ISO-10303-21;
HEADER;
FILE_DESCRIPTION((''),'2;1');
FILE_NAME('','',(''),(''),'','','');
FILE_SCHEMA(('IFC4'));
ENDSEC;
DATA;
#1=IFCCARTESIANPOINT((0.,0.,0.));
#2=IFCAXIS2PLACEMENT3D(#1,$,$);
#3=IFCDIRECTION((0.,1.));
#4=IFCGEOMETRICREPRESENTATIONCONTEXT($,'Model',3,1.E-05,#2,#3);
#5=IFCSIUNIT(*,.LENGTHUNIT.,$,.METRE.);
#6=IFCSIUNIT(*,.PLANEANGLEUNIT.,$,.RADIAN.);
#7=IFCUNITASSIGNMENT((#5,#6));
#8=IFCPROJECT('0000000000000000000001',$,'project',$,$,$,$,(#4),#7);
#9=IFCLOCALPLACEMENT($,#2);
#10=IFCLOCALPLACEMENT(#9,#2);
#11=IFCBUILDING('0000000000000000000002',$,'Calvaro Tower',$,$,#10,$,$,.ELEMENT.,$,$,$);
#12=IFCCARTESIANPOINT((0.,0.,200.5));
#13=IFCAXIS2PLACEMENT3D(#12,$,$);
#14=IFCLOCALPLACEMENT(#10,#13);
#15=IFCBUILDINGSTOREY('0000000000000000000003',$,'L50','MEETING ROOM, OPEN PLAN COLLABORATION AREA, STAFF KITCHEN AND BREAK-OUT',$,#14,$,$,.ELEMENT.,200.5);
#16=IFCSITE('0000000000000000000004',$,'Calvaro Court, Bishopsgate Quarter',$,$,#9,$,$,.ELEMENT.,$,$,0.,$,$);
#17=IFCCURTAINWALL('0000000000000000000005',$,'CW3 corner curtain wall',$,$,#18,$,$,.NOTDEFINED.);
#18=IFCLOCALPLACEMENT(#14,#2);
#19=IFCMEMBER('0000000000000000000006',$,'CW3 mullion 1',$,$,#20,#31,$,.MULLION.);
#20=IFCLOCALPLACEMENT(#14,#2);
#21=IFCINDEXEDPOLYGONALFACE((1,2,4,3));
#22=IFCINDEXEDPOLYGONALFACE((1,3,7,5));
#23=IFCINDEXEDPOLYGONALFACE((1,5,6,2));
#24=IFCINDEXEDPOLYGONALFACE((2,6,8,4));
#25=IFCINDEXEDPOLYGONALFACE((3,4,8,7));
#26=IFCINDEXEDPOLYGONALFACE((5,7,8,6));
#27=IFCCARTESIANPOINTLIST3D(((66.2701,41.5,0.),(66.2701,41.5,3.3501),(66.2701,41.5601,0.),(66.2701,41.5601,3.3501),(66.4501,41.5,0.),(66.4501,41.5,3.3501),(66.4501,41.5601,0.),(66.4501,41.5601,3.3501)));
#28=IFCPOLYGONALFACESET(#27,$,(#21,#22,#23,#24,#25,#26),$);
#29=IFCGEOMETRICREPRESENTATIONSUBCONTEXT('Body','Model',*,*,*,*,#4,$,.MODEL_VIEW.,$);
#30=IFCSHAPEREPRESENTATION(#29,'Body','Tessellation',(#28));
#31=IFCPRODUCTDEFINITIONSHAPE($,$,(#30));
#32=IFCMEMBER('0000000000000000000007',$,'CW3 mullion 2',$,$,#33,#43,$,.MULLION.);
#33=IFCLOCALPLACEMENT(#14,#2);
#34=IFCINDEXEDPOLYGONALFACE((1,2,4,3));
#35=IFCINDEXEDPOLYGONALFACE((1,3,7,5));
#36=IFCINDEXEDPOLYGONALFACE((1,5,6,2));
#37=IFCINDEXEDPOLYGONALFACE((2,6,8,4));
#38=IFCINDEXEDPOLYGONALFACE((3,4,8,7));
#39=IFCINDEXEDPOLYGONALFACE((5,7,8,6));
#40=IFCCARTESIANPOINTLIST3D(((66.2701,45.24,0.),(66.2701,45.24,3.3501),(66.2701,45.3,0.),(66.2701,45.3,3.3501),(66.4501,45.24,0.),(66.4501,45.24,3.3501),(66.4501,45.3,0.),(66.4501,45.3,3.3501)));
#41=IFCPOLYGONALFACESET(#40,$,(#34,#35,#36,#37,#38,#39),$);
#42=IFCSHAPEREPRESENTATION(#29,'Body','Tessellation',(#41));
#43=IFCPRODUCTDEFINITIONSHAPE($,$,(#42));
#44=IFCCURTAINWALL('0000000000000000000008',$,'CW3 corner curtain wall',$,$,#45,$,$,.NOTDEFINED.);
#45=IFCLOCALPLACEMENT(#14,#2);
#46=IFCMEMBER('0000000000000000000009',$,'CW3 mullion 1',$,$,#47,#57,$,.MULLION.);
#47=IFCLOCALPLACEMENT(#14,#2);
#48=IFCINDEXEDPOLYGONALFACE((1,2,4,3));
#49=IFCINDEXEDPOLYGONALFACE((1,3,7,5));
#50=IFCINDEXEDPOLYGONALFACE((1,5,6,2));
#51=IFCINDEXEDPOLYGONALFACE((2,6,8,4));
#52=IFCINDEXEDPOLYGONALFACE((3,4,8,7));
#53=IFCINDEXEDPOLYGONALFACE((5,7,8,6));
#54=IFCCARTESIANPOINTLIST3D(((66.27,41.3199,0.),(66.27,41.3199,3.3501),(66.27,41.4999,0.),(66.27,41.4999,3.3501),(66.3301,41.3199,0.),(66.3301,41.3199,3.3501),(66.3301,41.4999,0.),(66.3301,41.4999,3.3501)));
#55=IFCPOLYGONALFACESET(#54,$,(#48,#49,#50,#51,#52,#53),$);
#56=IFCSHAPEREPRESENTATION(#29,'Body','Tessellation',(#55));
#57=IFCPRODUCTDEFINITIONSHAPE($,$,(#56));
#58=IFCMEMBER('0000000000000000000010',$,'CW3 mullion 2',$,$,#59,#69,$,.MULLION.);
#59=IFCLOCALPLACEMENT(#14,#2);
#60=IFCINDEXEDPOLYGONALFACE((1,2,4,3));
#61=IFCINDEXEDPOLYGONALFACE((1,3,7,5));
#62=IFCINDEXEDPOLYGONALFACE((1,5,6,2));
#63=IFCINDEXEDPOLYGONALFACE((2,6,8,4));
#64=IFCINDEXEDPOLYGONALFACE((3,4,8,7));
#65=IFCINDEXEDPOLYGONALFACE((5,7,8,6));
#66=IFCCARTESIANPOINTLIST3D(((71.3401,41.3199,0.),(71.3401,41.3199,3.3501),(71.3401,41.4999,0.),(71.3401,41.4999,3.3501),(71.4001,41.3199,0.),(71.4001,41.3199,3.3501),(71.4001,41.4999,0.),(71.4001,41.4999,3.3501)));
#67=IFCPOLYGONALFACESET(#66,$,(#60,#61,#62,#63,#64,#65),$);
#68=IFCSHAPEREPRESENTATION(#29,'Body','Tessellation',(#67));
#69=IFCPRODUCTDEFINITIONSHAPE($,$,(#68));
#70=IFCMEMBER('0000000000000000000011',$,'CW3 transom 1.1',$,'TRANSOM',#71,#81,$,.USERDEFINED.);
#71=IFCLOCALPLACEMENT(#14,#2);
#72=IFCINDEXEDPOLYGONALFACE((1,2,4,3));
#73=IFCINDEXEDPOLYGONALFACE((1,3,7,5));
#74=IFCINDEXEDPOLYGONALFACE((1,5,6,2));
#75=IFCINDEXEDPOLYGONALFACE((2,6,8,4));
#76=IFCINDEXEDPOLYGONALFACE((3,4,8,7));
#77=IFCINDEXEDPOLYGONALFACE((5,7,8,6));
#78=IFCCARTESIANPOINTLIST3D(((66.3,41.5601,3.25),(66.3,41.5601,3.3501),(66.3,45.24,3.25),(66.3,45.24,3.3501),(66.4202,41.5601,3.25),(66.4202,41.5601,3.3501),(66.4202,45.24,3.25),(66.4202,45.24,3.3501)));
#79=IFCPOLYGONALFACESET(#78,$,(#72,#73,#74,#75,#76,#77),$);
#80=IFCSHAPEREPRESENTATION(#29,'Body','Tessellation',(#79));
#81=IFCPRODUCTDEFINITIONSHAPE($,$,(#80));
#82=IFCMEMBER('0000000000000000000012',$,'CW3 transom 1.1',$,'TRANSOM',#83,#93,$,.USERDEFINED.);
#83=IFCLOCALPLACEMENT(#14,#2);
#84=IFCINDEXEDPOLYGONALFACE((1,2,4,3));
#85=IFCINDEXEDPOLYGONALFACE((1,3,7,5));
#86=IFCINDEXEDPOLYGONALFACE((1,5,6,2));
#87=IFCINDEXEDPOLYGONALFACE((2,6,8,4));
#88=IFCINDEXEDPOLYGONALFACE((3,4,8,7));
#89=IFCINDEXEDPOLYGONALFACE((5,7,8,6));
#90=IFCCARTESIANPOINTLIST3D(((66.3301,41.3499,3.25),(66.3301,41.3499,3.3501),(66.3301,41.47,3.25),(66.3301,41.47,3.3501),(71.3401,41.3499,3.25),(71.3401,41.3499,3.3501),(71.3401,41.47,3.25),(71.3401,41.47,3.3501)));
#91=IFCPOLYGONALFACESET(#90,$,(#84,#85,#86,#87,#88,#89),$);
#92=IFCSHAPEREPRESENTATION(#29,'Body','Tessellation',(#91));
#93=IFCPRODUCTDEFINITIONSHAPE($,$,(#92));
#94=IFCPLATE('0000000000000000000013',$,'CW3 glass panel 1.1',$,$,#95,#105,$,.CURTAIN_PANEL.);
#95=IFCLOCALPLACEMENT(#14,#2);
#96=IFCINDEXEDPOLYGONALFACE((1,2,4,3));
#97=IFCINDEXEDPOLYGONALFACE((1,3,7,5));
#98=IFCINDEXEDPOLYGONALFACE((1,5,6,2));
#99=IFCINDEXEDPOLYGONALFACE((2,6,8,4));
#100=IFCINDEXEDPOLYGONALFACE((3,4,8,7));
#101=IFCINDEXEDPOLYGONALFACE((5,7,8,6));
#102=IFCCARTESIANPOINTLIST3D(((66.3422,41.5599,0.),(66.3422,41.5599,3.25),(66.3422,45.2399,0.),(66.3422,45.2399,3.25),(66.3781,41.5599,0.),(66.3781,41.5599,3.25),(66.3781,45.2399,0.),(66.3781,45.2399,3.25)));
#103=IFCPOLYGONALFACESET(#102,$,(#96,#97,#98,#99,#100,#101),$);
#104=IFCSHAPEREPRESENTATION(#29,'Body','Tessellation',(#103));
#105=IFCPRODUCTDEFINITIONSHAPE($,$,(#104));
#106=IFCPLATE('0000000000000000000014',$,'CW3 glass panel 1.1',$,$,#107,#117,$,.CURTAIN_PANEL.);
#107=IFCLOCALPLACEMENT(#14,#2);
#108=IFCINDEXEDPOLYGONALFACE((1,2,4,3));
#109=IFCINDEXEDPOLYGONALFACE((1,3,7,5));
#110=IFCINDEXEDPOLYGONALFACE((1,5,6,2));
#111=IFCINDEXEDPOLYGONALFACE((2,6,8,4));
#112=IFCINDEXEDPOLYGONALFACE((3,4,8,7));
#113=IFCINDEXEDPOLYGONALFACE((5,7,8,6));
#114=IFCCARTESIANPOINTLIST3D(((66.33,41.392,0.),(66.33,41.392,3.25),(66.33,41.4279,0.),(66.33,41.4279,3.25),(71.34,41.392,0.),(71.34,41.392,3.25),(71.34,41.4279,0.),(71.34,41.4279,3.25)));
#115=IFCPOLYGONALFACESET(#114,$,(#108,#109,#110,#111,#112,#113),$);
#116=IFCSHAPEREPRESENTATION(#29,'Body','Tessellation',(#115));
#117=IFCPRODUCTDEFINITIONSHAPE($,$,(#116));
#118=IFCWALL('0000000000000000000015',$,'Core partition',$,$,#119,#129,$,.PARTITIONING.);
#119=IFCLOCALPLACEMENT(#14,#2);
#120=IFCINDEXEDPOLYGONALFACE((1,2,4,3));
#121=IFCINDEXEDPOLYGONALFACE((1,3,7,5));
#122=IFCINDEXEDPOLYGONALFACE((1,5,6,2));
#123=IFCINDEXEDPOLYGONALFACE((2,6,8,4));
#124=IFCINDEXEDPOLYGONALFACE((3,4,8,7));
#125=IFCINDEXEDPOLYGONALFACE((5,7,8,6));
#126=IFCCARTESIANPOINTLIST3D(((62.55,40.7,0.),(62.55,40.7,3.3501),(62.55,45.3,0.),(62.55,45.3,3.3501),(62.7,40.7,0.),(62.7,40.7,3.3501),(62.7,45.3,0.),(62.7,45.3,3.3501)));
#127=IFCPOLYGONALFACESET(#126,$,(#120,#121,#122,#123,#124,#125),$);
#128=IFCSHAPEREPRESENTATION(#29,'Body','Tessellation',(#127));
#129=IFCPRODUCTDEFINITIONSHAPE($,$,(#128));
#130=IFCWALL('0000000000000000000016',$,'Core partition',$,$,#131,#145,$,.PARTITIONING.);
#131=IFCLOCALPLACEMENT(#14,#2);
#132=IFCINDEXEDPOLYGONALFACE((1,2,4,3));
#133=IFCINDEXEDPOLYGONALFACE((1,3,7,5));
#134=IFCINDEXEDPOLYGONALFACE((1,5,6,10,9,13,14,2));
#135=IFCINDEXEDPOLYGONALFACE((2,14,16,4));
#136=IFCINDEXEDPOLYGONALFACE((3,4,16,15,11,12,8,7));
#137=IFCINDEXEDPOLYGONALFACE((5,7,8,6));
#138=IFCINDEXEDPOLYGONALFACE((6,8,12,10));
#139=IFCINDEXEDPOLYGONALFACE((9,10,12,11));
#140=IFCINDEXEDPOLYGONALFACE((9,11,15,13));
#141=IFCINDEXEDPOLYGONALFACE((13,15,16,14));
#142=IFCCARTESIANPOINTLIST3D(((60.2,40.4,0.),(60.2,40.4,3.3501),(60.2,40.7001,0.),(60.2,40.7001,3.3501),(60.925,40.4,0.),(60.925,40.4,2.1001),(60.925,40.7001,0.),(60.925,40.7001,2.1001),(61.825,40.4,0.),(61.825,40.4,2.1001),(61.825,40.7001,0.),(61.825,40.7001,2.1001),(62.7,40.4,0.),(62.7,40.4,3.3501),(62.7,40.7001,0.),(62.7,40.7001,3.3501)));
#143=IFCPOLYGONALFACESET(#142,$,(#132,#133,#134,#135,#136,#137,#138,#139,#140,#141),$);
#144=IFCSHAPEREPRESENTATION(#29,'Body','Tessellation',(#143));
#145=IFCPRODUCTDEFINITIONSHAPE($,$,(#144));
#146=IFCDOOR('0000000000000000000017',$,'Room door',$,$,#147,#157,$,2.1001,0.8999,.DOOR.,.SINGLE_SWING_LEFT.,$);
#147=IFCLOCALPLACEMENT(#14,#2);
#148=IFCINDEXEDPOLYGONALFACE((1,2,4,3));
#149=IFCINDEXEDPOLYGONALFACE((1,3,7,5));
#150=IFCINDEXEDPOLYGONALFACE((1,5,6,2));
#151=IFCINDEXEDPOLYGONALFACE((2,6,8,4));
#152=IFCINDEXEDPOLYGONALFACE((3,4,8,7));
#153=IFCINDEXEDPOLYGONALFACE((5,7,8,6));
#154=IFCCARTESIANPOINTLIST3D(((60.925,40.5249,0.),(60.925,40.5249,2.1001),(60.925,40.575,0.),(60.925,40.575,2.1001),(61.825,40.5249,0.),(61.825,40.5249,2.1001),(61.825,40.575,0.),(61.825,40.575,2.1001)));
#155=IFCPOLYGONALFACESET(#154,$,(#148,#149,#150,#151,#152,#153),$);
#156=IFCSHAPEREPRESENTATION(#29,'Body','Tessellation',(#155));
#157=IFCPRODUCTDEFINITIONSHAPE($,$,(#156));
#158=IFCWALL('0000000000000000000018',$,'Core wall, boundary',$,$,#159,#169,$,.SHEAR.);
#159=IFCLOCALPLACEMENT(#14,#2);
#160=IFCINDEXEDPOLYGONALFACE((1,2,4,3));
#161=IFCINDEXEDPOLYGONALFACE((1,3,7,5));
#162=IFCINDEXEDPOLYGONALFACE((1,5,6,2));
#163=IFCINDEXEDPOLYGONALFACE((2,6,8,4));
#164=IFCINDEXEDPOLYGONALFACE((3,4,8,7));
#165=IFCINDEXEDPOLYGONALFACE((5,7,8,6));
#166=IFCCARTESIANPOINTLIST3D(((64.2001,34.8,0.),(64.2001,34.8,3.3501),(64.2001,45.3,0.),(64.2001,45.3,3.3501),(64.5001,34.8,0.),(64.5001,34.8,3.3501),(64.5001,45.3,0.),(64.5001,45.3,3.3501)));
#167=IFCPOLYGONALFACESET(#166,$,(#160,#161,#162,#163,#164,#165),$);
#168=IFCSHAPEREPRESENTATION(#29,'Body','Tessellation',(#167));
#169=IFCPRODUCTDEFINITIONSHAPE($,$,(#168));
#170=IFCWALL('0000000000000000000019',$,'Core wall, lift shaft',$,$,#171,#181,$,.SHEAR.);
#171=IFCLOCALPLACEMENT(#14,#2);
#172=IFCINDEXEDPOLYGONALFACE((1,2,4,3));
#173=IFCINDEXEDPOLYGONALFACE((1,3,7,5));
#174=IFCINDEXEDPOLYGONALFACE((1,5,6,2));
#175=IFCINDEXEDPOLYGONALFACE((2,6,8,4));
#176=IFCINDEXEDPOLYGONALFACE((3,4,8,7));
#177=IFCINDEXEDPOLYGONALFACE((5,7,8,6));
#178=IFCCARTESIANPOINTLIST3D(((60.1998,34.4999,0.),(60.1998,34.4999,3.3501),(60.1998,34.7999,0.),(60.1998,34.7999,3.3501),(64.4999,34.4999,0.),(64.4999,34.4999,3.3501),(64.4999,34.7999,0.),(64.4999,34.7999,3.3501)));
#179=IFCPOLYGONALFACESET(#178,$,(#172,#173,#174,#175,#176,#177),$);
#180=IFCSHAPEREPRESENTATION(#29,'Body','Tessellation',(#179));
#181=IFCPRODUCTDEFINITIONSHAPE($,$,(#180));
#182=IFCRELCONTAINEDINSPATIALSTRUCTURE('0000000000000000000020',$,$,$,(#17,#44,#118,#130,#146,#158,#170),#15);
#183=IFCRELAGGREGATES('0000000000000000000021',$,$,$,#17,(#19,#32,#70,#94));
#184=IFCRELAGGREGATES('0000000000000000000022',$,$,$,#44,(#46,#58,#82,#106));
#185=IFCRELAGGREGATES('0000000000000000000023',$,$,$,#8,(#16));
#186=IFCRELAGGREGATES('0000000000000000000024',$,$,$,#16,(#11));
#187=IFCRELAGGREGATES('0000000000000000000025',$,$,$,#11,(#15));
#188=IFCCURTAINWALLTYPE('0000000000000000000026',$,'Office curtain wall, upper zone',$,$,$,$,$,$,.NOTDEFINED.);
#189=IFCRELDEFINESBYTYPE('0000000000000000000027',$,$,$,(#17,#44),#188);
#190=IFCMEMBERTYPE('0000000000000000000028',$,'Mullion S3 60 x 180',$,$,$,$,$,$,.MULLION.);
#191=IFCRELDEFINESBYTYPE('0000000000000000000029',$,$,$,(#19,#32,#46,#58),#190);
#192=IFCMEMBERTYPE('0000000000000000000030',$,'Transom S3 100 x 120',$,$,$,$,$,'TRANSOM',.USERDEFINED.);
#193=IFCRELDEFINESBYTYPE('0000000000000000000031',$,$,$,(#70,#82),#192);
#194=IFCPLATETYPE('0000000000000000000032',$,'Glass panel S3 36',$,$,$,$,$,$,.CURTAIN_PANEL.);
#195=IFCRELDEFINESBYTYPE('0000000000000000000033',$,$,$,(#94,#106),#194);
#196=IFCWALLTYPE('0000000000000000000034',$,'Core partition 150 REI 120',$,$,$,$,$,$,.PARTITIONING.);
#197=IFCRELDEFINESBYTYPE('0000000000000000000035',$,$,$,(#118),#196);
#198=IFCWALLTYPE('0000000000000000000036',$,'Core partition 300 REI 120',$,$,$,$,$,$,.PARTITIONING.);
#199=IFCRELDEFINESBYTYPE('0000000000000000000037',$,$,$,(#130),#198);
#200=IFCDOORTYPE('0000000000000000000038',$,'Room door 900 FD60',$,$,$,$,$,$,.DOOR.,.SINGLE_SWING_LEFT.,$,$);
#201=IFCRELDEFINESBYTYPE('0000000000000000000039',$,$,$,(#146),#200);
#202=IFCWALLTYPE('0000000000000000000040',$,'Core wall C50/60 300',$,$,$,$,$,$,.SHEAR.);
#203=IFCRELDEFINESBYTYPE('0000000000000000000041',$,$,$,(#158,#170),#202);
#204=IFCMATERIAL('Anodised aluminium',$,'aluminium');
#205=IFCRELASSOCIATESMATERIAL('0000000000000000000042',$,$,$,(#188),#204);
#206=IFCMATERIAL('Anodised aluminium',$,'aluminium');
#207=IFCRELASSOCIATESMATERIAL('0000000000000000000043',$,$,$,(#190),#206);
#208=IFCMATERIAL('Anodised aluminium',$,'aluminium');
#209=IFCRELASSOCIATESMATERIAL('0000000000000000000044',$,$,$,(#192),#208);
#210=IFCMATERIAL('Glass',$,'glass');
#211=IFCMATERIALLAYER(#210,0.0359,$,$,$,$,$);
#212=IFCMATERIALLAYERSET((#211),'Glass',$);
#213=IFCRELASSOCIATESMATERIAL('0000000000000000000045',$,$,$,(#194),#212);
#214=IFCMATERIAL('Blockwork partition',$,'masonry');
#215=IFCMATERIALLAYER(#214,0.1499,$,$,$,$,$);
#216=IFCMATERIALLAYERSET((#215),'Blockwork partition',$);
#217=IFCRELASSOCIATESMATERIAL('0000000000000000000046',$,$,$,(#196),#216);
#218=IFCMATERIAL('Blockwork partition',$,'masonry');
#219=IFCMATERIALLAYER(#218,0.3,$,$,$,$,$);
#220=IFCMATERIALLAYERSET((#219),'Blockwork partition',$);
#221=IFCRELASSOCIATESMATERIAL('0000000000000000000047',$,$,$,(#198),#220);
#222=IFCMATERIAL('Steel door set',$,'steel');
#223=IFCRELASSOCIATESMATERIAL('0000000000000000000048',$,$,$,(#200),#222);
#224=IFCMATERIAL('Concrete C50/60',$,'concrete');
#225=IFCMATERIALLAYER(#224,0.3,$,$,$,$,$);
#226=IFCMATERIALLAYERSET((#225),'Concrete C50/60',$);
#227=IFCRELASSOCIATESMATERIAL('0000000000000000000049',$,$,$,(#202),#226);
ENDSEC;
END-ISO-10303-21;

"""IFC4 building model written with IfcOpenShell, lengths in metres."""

from ifc_helpers import new_model, si_unit, direction, frame, frame_2d, origin, origin_2d, place, context, subcontext, project, spatial, rectangle, extrude, material, layer, layer_set, material_profile, profile_set, type_object, element, fill, aggregate, save


model = new_model("IFC4")

# Units and contexts
model_context = context("Model", 3, precision=1e-05, world=origin(), true_north=direction((0.0, 1.0)))
body_context = subcontext(model_context, "Body", "Model", "MODEL_VIEW")
ifc_project = project(units=[si_unit("LENGTHUNIT", "METRE"), si_unit("PLANEANGLEUNIT", "RADIAN")], contexts=[model_context])

# Site, building, storey
site_placement = place(None, origin())
site = spatial("IfcSite", under=ifc_project, at=site_placement, Name="Calvaro Court, Bishopsgate Quarter", CompositionType="ELEMENT", RefElevation=0.0)
building_placement = place(site_placement, origin())
building = spatial("IfcBuilding", under=site, at=building_placement, Name="Calvaro Tower", CompositionType="ELEMENT")
storey_placement = place(building_placement, frame((0.0, 0.0, 200.5)))
storey = spatial("IfcBuildingStorey", under=building, at=storey_placement, Name="L50", Description="MEETING ROOM, OPEN PLAN COLLABORATION AREA, STAFF KITCHEN AND BREAK-OUT", CompositionType="ELEMENT", Elevation=200.5)

# Curtain walls, members
ifc_material_1 = material(Name="Anodised aluminium", Category="aluminium")
curtain_wall_type = type_object("IfcCurtainWallType", Name="Office curtain wall, upper zone", PredefinedType="NOTDEFINED", material=ifc_material_1)
curtain_wall_1_placement = place(storey_placement, origin())
curtain_wall_1 = element("IfcCurtainWall", 1, at=curtain_wall_1_placement, inside=storey, type_object=curtain_wall_type, Name="CW3 corner curtain wall", PredefinedType="NOTDEFINED")
ifc_material_2 = material(Name="Anodised aluminium", Category="aluminium")
ifc_material_profile_1 = material_profile(ifc_material_2, rectangle(XDim=0.1799, YDim=0.0601, at=origin_2d()), Name="Mullion S3 60 x 180")
ifc_profile_set_1 = profile_set([ifc_material_profile_1], Name="Anodised aluminium")
member_type_1 = type_object("IfcMemberType", Name="Mullion S3 60 x 180", PredefinedType="MULLION", material=ifc_profile_set_1)
member_1_placement = place(storey_placement, frame((66.3601, 41.53, 0.0), z_axis=(0.0, 0.0, 1.0), x_axis=(-1.0, 0.0, 0.0)))
member_1 = element("IfcMember", 2, at=member_1_placement, type_object=member_type_1, Name="CW3 mullion 1", PredefinedType="MULLION", context=body_context, shape_type="SweptSolid", body=[
    extrude(rectangle(XDim=0.1799, YDim=0.0601, at=origin_2d()), origin(), (0.0, 0.0, 1.0), 3.3501),
])
member_2_placement = place(storey_placement, frame((66.3601, 45.27, 0.0), z_axis=(0.0, 0.0, 1.0), x_axis=(-1.0, 0.0, 0.0)))
member_2 = element("IfcMember", 3, at=member_2_placement, type_object=member_type_1, Name="CW3 mullion 2", PredefinedType="MULLION", context=body_context, shape_type="SweptSolid", body=[
    extrude(rectangle(XDim=0.1799, YDim=0.0601, at=origin_2d()), origin(), (0.0, 0.0, 1.0), 3.3501),
])
curtain_wall_2_placement = place(storey_placement, origin())
curtain_wall_2 = element("IfcCurtainWall", 4, at=curtain_wall_2_placement, inside=storey, type_object=curtain_wall_type, Name="CW3 corner curtain wall", PredefinedType="NOTDEFINED")
member_3_placement = place(storey_placement, frame((66.3, 41.4099, 0.0), z_axis=(0.0, 0.0, 1.0), x_axis=(0.0, 1.0, 0.0)))
member_3 = element("IfcMember", 5, at=member_3_placement, type_object=member_type_1, Name="CW3 mullion 1", PredefinedType="MULLION", context=body_context, shape_type="SweptSolid", body=[
    extrude(rectangle(XDim=0.1799, YDim=0.0601, at=origin_2d()), origin(), (0.0, 0.0, 1.0), 3.3501),
])
member_4_placement = place(storey_placement, frame((71.3701, 41.4099, 0.0), z_axis=(0.0, 0.0, 1.0), x_axis=(0.0, 1.0, 0.0)))
member_4 = element("IfcMember", 6, at=member_4_placement, type_object=member_type_1, Name="CW3 mullion 2", PredefinedType="MULLION", context=body_context, shape_type="SweptSolid", body=[
    extrude(rectangle(XDim=0.1799, YDim=0.0601, at=origin_2d()), origin(), (0.0, 0.0, 1.0), 3.3501),
])

# Members
ifc_material_3 = material(Name="Anodised aluminium", Category="aluminium")
ifc_material_profile_2 = material_profile(ifc_material_3, rectangle(XDim=0.1201, YDim=0.1001, at=origin_2d()), Name="Transom S3 100 x 120")
ifc_profile_set_2 = profile_set([ifc_material_profile_2], Name="Anodised aluminium")
member_type_2 = type_object("IfcMemberType", Name="Transom S3 100 x 120", ElementType="TRANSOM", PredefinedType="USERDEFINED", material=ifc_profile_set_2)
member_5_placement = place(storey_placement, frame((66.3601, 41.5601, 3.3), z_axis=(0.0, 1.0, 0.0), x_axis=(-1.0, 0.0, 0.0)))
member_5 = element("IfcMember", 7, at=member_5_placement, type_object=member_type_2, Name="CW3 transom 1.1", ObjectType="TRANSOM", PredefinedType="USERDEFINED", context=body_context, shape_type="SweptSolid", body=[
    extrude(rectangle(XDim=0.1201, YDim=0.1001, at=origin_2d()), origin(), (0.0, 0.0, 1.0), 3.6799),
])
member_6_placement = place(storey_placement, frame((66.3301, 41.4099, 3.3), z_axis=(1.0, 0.0, 0.0), x_axis=(0.0, 1.0, 0.0)))
member_6 = element("IfcMember", 8, at=member_6_placement, type_object=member_type_2, Name="CW3 transom 1.1", ObjectType="TRANSOM", PredefinedType="USERDEFINED", context=body_context, shape_type="SweptSolid", body=[
    extrude(rectangle(XDim=0.1201, YDim=0.1001, at=origin_2d()), origin(), (0.0, 0.0, 1.0), 5.01),
])

# Plates
ifc_material_4 = material(Name="Glass", Category="glass")
ifc_layer_1 = layer(ifc_material_4, 0.0359)
ifc_layer_set_1 = layer_set([ifc_layer_1], Name="Glass")
plate_type = type_object("IfcPlateType", Name="Glass panel S3 36", PredefinedType="CURTAIN_PANEL", material=ifc_layer_set_1)
plate_1_placement = place(storey_placement, frame((66.3601, 43.3999, 0.0), z_axis=(0.0, 0.0, 1.0), x_axis=(0.0, 1.0, 0.0)))
plate_1 = element("IfcPlate", 9, at=plate_1_placement, type_object=plate_type, Name="CW3 glass panel 1.1", PredefinedType="CURTAIN_PANEL", context=body_context, shape_type="SweptSolid", body=[
    extrude(rectangle(XDim=3.6799, YDim=0.0359, at=origin_2d()), origin(), (0.0, 0.0, 1.0), 3.25),
])
aggregate(curtain_wall_1, [member_1, member_2, member_5, plate_1])
plate_2_placement = place(storey_placement, frame((68.835, 41.4099, 0.0), z_axis=(0.0, 0.0, 1.0), x_axis=(1.0, 0.0, 0.0)))
plate_2 = element("IfcPlate", 10, at=plate_2_placement, type_object=plate_type, Name="CW3 glass panel 1.1", PredefinedType="CURTAIN_PANEL", context=body_context, shape_type="SweptSolid", body=[
    extrude(rectangle(XDim=5.01, YDim=0.0359, at=origin_2d()), origin(), (0.0, 0.0, 1.0), 3.25),
])
aggregate(curtain_wall_2, [member_3, member_4, member_6, plate_2])

# Wall
ifc_material_5 = material(Name="Blockwork partition", Category="masonry")
ifc_layer_2 = layer(ifc_material_5, 0.1499)
ifc_layer_set_2 = layer_set([ifc_layer_2], Name="Blockwork partition")
wall_type_1 = type_object("IfcWallType", Name="Core partition 150 REI 120", PredefinedType="PARTITIONING", material=ifc_layer_set_2)
wall_1_placement = place(storey_placement, frame((62.625, 40.7, 0.0), z_axis=(0.0, 0.0, 1.0), x_axis=(0.0, 1.0, 0.0)))
element("IfcWall", 11, at=wall_1_placement, inside=storey, type_object=wall_type_1, Name="Core partition", PredefinedType="PARTITIONING", context=body_context, shape_type="SweptSolid", body=[
    extrude(rectangle(XDim=4.6001, YDim=0.1499, at=frame_2d((2.3, 0.0))), origin(), (0.0, 0.0, 1.0), 3.3501),
])

# Wall, opening, door
ifc_material_6 = material(Name="Blockwork partition", Category="masonry")
ifc_layer_3 = layer(ifc_material_6, 0.3)
ifc_layer_set_3 = layer_set([ifc_layer_3], Name="Blockwork partition")
wall_type_2 = type_object("IfcWallType", Name="Core partition 300 REI 120", PredefinedType="PARTITIONING", material=ifc_layer_set_3)
wall_2_placement = place(storey_placement, frame((60.2, 40.55, 0.0), z_axis=(0.0, 0.0, 1.0), x_axis=(1.0, 0.0, 0.0)))
wall_2 = element("IfcWall", 12, at=wall_2_placement, inside=storey, type_object=wall_type_2, Name="Core partition", PredefinedType="PARTITIONING", context=body_context, shape_type="SweptSolid", body=[
    extrude(rectangle(XDim=2.5, YDim=0.3, at=frame_2d((1.25, 0.0))), origin(), (0.0, 0.0, 1.0), 3.3501),
])
opening_1_placement = place(wall_2_placement, frame((0.7251, 0.0, 0.0)))
opening_1 = element("IfcOpeningElement", 13, at=opening_1_placement, cuts=wall_2, PredefinedType="OPENING", context=body_context, shape_type="SweptSolid", body=[
    extrude(rectangle(XDim=0.8999, YDim=2.1001, at=frame_2d((0.45, 1.05))), frame((0.0, 0.1599, 0.0), z_axis=(0.0, -1.0, 0.0), x_axis=(1.0, 0.0, 0.0)), (0.0, 0.0, 1.0), 0.3201),
])
ifc_material_7 = material(Name="Steel door set", Category="steel")
door_type_1 = type_object("IfcDoorType", Name="Room door 900 FD60", OperationType="SINGLE_SWING_LEFT", PredefinedType="DOOR", material=ifc_material_7)
door_1_placement = place(opening_1_placement, origin())
door_1 = element("IfcDoor", 14, at=door_1_placement, inside=storey, type_object=door_type_1, Name="Room door", OperationType="SINGLE_SWING_LEFT", OverallHeight=2.1001, OverallWidth=0.8999, PredefinedType="DOOR", context=body_context, shape_type="SweptSolid", body=[
    extrude(rectangle(XDim=0.8999, YDim=2.1001, at=frame_2d((0.45, 1.05))), frame((0.0, 0.0249, 0.0), z_axis=(0.0, -1.0, 0.0), x_axis=(1.0, 0.0, 0.0)), (0.0, 0.0, 1.0), 0.05),
])
fill(opening_1, door_1)

# Walls
ifc_material_8 = material(Name="Concrete C50/60", Category="concrete")
ifc_layer_4 = layer(ifc_material_8, 0.3)
ifc_layer_set_4 = layer_set([ifc_layer_4], Name="Concrete C50/60")
wall_type_3 = type_object("IfcWallType", Name="Core wall C50/60 300", PredefinedType="SHEAR", material=ifc_layer_set_4)
wall_3_placement = place(storey_placement, frame((64.3501, 34.8, 0.0), z_axis=(0.0, 0.0, 1.0), x_axis=(0.0, 1.0, 0.0)))
element("IfcWall", 15, at=wall_3_placement, inside=storey, type_object=wall_type_3, Name="Core wall, boundary", PredefinedType="SHEAR", context=body_context, shape_type="SweptSolid", body=[
    extrude(rectangle(XDim=10.5, YDim=0.3, at=frame_2d((5.25, 0.0))), origin(), (0.0, 0.0, 1.0), 3.3501),
])
wall_4_placement = place(storey_placement, frame((60.2, 34.6499, 0.0), z_axis=(0.0, 0.0, 1.0), x_axis=(1.0, 0.0, 0.0)))
element("IfcWall", 16, at=wall_4_placement, inside=storey, type_object=wall_type_3, Name="Core wall, lift shaft", PredefinedType="SHEAR", context=body_context, shape_type="SweptSolid", body=[
    extrude(rectangle(XDim=4.3, YDim=0.3, at=frame_2d((2.1499, 0.0))), origin(), (0.0, 0.0, 1.0), 3.3501),
])

save(model, "model.ifc")
